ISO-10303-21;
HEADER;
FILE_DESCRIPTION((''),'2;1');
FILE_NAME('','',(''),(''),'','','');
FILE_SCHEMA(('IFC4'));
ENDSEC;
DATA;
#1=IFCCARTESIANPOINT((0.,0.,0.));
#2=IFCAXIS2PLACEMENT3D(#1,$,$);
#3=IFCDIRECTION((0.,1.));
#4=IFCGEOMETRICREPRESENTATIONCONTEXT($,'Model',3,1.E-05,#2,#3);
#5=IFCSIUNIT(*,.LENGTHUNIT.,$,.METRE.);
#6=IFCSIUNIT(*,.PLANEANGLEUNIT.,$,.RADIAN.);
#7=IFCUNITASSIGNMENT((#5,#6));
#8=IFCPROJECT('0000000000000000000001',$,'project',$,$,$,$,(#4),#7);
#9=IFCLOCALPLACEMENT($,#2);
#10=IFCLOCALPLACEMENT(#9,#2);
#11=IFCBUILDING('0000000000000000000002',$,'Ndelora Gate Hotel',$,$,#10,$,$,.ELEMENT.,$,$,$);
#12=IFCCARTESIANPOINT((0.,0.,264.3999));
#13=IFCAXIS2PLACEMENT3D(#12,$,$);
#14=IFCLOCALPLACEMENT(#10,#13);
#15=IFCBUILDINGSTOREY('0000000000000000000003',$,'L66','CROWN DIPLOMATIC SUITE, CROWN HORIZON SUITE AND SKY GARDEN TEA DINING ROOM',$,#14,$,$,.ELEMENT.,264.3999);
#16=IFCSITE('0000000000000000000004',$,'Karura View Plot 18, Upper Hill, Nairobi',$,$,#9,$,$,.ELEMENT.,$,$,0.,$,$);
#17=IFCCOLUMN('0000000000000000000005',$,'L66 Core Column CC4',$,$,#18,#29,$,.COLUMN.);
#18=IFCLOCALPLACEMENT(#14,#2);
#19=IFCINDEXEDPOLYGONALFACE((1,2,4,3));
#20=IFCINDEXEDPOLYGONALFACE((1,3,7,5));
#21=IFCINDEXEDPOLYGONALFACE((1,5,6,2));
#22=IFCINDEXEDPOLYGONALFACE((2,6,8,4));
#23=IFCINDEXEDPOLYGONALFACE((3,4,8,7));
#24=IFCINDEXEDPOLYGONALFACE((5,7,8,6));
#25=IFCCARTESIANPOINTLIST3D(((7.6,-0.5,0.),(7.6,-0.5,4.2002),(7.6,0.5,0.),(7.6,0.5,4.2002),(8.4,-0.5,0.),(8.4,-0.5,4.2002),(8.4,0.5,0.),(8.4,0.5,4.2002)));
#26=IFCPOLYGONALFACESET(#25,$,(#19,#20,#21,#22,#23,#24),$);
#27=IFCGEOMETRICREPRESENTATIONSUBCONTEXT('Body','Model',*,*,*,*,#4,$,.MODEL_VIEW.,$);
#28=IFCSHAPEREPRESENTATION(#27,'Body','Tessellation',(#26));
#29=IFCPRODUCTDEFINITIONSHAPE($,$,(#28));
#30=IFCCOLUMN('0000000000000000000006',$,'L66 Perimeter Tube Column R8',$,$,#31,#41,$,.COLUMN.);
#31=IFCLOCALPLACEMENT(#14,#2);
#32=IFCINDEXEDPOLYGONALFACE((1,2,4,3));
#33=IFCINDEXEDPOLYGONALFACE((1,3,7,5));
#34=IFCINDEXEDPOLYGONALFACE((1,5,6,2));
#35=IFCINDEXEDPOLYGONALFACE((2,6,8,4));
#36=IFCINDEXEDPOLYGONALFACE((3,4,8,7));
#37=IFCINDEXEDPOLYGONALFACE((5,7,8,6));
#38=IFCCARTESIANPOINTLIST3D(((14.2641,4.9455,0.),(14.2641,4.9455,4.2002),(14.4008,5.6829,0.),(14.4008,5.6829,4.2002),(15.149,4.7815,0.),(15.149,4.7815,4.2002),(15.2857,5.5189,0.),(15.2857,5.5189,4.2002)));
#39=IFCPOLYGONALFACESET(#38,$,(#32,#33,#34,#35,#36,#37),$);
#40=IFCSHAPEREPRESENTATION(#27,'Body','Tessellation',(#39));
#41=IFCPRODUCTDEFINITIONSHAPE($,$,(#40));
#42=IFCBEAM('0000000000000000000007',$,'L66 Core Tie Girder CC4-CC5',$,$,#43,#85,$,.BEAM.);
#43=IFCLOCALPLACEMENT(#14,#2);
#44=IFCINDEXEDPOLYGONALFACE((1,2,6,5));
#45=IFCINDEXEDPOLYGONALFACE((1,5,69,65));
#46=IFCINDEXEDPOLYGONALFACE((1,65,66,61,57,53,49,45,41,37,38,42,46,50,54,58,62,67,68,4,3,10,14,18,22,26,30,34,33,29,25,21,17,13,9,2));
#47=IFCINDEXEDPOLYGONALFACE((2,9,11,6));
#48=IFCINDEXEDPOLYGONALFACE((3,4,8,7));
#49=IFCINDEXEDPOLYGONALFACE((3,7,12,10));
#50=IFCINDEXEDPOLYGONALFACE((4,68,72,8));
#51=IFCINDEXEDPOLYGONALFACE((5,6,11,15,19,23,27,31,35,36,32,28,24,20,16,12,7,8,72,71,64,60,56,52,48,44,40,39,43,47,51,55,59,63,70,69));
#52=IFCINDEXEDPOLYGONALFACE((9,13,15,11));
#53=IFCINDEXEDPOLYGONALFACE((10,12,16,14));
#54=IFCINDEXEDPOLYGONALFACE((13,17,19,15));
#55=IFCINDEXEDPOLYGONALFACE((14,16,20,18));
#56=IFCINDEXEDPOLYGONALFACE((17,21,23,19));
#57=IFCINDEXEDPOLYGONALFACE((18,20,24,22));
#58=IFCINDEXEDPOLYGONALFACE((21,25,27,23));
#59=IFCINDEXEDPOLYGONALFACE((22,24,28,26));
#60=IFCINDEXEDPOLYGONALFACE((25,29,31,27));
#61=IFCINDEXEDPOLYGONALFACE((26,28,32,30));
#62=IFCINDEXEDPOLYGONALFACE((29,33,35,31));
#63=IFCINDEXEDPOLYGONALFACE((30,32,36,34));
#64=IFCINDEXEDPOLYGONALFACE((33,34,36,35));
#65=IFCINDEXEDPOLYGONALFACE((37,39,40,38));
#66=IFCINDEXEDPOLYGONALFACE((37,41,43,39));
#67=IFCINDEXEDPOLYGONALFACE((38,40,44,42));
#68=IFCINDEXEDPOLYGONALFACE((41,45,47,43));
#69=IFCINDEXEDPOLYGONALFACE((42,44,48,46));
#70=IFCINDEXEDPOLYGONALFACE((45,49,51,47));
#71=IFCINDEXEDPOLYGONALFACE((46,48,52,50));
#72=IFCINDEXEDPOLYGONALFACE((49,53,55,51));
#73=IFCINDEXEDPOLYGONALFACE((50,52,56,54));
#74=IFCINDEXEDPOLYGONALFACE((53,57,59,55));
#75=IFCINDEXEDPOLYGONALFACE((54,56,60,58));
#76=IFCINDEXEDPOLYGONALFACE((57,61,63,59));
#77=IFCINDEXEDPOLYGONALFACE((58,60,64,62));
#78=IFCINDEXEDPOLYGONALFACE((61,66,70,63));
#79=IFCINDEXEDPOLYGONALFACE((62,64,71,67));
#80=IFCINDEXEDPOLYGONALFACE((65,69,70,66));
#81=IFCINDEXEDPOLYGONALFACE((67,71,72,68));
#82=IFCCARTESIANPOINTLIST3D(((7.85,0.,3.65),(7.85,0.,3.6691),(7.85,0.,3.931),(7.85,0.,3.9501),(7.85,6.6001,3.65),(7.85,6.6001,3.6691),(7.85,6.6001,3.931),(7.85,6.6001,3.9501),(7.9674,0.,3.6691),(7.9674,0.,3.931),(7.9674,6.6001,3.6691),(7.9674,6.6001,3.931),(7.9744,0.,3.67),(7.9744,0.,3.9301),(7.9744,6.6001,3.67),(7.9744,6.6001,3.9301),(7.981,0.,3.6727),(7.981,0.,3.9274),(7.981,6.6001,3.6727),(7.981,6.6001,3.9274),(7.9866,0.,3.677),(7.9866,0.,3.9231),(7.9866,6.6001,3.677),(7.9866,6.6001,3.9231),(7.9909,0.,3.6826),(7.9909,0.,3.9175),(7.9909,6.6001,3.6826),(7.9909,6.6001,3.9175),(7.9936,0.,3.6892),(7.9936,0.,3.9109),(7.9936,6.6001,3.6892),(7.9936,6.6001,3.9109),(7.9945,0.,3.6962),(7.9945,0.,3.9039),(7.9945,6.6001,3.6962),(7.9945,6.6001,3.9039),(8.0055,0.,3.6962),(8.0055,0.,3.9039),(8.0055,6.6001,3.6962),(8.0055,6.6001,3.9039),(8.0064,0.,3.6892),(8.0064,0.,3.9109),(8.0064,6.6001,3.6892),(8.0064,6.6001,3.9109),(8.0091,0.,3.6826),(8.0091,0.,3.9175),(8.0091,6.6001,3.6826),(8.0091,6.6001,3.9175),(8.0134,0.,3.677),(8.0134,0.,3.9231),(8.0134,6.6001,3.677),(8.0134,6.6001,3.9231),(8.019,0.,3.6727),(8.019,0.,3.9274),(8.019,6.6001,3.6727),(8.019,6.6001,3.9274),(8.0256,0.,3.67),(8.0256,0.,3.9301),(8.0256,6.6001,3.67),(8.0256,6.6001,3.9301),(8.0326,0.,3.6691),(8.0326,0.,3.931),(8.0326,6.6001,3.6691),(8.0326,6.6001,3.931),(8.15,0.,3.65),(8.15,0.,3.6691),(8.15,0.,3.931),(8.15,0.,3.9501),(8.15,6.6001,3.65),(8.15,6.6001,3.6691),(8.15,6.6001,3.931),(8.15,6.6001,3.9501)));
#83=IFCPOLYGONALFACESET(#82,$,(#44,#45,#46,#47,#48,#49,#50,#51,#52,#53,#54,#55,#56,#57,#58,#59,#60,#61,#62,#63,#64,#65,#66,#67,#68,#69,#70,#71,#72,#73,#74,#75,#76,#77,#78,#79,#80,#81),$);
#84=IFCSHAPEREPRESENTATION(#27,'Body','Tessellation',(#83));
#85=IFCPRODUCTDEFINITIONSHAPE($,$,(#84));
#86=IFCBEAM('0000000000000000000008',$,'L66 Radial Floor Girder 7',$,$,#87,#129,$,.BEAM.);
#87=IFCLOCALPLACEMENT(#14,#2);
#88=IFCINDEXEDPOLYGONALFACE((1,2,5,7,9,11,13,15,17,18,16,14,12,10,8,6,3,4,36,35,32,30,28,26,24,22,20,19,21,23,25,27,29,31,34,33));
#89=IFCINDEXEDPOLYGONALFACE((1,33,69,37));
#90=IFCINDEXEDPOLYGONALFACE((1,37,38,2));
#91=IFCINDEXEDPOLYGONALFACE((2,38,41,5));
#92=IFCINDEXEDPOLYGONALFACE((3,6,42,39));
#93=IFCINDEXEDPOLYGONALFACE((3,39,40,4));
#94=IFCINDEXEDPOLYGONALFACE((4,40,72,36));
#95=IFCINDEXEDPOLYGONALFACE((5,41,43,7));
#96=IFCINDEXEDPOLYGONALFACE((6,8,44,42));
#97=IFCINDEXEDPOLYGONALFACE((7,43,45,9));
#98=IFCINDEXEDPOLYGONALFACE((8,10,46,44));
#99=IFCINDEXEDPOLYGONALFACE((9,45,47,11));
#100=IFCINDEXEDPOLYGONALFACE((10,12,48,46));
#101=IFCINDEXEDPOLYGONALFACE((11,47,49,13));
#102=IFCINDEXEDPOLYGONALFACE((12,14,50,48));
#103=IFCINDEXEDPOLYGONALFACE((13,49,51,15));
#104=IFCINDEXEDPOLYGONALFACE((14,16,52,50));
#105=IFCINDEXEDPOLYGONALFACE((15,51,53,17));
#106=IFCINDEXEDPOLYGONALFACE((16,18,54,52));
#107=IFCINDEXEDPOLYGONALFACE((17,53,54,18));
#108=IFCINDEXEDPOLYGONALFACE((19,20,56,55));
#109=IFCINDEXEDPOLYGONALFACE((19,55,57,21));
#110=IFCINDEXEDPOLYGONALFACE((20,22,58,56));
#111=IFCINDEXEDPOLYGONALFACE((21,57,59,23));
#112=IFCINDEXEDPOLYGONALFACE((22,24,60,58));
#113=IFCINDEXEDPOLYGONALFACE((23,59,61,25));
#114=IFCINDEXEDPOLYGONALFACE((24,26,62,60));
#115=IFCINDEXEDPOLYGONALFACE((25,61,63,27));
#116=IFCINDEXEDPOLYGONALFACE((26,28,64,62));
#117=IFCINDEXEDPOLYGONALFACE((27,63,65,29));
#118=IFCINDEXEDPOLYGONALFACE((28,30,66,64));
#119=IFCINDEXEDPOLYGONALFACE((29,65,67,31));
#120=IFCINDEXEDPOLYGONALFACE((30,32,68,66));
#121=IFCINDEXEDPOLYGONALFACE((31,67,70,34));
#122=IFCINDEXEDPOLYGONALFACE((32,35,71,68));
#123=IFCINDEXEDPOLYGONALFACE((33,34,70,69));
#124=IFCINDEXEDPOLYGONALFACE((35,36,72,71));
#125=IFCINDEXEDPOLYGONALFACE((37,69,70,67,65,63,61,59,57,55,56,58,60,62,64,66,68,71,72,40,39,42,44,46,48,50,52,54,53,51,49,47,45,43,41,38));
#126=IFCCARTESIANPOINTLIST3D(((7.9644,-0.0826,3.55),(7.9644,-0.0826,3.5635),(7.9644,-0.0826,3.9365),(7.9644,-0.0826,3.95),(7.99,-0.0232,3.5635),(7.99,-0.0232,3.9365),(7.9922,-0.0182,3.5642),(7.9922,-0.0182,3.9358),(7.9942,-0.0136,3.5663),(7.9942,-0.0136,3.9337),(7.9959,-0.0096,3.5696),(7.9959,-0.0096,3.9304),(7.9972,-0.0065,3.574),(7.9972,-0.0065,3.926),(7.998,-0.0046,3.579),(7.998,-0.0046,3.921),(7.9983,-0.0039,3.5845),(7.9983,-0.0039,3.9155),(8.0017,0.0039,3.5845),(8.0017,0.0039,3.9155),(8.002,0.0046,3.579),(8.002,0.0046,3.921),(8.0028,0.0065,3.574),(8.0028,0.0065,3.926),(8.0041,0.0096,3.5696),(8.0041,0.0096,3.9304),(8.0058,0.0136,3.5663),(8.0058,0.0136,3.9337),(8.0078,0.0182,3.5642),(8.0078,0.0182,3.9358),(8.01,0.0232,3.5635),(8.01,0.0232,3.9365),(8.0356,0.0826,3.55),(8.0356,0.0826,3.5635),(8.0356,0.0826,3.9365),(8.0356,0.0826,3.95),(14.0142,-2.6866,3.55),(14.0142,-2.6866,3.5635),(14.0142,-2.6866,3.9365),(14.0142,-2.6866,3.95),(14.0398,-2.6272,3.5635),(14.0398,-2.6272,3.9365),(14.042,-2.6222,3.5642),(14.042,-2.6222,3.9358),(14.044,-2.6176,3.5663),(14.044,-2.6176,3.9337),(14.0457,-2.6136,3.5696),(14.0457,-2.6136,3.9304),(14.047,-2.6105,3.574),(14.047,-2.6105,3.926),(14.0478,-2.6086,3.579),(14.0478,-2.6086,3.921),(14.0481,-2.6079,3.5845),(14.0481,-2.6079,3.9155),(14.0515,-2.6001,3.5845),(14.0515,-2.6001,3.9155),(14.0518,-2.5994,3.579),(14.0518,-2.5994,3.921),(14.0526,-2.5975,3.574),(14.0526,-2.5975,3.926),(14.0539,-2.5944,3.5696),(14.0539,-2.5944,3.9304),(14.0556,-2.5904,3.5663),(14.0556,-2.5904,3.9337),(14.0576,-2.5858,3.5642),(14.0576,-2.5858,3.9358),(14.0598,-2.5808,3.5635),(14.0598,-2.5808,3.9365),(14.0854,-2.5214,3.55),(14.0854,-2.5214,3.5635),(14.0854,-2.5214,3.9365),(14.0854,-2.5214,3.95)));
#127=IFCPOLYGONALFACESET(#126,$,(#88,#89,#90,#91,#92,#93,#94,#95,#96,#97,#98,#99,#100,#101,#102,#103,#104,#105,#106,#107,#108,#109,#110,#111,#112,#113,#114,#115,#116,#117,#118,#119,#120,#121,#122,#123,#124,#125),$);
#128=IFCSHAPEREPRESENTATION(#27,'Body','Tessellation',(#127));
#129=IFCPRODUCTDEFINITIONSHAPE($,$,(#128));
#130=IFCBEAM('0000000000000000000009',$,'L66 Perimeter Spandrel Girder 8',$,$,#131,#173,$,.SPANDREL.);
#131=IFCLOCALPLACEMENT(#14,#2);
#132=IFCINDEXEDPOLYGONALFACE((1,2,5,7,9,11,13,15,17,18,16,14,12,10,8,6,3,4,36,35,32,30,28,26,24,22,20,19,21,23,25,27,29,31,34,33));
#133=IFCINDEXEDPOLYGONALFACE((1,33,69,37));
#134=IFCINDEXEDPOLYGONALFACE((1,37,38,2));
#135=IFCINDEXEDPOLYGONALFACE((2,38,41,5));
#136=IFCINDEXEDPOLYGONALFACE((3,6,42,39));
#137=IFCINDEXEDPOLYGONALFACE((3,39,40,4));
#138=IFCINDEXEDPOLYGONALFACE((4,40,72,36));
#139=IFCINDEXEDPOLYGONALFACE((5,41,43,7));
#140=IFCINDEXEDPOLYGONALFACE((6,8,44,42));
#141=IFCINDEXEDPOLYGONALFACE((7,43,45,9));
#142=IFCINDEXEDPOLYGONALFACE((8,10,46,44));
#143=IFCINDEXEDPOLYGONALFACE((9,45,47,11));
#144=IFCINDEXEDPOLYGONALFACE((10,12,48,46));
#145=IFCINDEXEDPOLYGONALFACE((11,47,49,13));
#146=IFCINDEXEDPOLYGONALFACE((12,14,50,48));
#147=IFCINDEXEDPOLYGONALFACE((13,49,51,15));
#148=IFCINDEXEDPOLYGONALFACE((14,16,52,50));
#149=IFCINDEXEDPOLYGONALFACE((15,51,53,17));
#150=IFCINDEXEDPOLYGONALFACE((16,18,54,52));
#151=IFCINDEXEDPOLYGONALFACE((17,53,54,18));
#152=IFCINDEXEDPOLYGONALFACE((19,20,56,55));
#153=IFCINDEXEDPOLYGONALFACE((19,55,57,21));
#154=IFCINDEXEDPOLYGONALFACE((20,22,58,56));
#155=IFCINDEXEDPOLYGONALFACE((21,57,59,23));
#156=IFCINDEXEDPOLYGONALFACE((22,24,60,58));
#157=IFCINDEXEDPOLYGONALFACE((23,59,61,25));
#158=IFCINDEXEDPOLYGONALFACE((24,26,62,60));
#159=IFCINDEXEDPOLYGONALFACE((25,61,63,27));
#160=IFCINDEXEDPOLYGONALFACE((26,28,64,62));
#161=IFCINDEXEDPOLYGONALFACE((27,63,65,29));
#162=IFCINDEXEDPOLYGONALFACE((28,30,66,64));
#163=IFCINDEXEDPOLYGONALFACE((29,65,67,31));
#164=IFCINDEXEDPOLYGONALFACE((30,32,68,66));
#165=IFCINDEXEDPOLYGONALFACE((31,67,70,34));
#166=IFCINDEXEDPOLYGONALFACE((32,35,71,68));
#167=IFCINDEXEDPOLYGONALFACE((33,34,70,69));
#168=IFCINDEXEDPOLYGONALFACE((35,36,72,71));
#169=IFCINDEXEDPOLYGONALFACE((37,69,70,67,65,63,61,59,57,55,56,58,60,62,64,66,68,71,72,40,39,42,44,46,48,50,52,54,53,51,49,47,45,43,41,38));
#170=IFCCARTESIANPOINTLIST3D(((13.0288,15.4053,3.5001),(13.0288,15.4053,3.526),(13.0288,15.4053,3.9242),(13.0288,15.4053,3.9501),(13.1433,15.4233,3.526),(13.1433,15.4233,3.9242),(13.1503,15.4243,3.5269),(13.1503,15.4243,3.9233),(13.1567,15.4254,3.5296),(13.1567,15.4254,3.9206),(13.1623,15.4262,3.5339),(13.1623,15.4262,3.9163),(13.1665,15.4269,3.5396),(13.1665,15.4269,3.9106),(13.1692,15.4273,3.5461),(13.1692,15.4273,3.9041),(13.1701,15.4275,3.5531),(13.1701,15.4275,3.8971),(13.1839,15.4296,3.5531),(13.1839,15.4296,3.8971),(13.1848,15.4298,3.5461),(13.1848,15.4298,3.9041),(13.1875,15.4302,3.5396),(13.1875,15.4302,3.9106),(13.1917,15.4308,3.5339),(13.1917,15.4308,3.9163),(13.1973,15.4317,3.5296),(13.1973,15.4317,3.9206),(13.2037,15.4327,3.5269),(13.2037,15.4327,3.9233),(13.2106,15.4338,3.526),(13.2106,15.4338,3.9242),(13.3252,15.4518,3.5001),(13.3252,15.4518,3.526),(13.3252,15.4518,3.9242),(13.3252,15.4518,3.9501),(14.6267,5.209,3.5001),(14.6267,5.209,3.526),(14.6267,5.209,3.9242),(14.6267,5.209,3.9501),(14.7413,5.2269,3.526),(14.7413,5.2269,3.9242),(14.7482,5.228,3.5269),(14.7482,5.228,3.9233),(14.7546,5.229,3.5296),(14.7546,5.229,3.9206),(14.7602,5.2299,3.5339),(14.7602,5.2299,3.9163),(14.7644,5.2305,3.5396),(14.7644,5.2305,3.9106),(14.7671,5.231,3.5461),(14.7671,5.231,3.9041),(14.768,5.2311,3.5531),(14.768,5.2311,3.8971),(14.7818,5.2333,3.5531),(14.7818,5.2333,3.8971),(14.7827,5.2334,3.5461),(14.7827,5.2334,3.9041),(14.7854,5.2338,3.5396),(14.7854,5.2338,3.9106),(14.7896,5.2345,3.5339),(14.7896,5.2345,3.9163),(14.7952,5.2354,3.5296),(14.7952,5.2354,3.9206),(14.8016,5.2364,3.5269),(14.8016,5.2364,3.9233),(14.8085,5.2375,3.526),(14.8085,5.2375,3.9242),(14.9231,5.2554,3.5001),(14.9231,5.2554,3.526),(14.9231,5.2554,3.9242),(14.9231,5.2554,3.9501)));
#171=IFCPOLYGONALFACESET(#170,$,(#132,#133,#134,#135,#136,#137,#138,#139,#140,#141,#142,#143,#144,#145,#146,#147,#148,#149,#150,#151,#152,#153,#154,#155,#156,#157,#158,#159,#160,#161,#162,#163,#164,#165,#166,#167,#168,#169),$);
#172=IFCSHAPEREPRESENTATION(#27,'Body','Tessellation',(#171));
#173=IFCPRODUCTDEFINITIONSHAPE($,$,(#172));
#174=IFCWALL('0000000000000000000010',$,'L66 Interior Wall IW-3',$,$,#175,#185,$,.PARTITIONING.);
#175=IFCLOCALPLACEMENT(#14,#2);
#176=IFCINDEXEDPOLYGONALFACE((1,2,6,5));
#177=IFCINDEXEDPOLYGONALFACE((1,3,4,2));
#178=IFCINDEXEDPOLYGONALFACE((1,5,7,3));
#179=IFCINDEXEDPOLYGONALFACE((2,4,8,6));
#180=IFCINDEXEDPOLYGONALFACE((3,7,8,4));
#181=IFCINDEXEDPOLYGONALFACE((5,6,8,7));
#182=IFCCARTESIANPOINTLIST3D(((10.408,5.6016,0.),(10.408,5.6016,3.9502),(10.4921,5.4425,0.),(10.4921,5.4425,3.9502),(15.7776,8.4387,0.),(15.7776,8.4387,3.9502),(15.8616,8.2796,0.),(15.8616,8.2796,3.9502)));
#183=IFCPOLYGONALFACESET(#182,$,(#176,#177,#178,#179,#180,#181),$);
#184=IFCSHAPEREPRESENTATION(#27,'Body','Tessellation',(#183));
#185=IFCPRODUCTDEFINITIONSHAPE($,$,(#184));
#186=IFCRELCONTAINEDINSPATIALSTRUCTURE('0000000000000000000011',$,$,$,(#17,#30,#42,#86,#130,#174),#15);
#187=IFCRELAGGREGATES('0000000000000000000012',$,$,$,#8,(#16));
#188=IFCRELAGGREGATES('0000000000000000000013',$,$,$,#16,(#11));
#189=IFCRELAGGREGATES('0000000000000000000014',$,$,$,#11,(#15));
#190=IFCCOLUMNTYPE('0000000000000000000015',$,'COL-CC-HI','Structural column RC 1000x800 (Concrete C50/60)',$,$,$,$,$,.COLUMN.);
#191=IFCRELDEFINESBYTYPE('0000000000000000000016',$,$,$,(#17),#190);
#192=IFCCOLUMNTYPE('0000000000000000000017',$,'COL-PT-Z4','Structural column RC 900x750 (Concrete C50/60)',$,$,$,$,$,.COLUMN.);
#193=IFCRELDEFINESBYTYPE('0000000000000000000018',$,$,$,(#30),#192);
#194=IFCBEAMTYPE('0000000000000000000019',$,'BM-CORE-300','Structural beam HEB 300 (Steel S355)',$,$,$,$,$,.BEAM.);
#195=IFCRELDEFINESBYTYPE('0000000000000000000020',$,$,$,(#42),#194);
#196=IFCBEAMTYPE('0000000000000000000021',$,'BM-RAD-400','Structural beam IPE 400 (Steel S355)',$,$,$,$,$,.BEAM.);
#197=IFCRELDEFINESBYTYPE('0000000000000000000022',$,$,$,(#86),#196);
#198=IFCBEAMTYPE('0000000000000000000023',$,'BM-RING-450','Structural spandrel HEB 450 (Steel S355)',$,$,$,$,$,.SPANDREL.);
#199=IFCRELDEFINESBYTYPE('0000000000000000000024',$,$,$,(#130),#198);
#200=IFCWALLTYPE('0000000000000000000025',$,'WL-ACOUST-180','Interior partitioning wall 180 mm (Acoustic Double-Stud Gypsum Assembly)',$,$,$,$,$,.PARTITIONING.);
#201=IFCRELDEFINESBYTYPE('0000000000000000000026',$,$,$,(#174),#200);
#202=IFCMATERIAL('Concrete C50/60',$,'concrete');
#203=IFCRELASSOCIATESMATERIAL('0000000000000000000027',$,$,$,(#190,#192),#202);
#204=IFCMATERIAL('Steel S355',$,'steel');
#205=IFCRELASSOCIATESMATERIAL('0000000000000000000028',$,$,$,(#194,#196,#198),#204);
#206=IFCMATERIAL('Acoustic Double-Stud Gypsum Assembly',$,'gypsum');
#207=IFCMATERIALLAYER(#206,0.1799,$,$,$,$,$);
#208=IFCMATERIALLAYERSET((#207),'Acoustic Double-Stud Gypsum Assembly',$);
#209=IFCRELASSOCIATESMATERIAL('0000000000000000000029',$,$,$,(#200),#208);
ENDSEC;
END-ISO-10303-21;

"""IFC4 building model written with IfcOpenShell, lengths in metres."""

from ifc_helpers import new_model, si_unit, direction, frame, frame_2d, origin, origin_2d, place, context, subcontext, project, spatial, rectangle, i_section, extrude, material, layer, layer_set, material_profile, profile_set, type_object, element, save


model = new_model("IFC4")

# Units and contexts
model_context = context("Model", 3, precision=1e-05, world=origin(), true_north=direction((0.0, 1.0)))
body_context = subcontext(model_context, "Body", "Model", "MODEL_VIEW")
ifc_project = project(units=[si_unit("LENGTHUNIT", "METRE"), si_unit("PLANEANGLEUNIT", "RADIAN")], contexts=[model_context])

# Site, building, storey
site_placement = place(None, origin())
site = spatial("IfcSite", under=ifc_project, at=site_placement, Name="Karura View Plot 18, Upper Hill, Nairobi", CompositionType="ELEMENT", RefElevation=0.0)
building_placement = place(site_placement, origin())
building = spatial("IfcBuilding", under=site, at=building_placement, Name="Ndelora Gate Hotel", CompositionType="ELEMENT")
storey_placement = place(building_placement, frame((0.0, 0.0, 264.3999)))
storey = spatial("IfcBuildingStorey", under=building, at=storey_placement, Name="L66", Description="CROWN DIPLOMATIC SUITE, CROWN HORIZON SUITE AND SKY GARDEN TEA DINING ROOM", CompositionType="ELEMENT", Elevation=264.3999)

# Columns
ifc_material_1 = material(Name="Concrete C50/60", Category="concrete")
ifc_material_profile_1 = material_profile(ifc_material_1, rectangle(XDim=0.8, YDim=1.0, at=origin_2d()), Name="RC 1000x800")
ifc_profile_set_1 = profile_set([ifc_material_profile_1], Name="Concrete C50/60")
column_type_1 = type_object("IfcColumnType", Name="COL-CC-HI", Description="Structural column RC 1000x800 (Concrete C50/60)", PredefinedType="COLUMN", material=ifc_profile_set_1)
column_1_placement = place(storey_placement, frame((8.0, 0.0, 0.0), z_axis=(0.0, 0.0, 1.0), x_axis=(1.0, 0.0, 0.0)))
element("IfcColumn", 1, at=column_1_placement, inside=storey, type_object=column_type_1, Name="L66 Core Column CC4", PredefinedType="COLUMN", context=body_context, shape_type="SweptSolid", body=[
    extrude(rectangle(XDim=0.8, YDim=1.0, at=origin_2d()), origin(), (0.0, 0.0, 1.0), 4.2002),
])
ifc_material_profile_2 = material_profile(ifc_material_1, rectangle(XDim=0.75, YDim=0.8999, at=origin_2d()), Name="RC 900x750")
ifc_profile_set_2 = profile_set([ifc_material_profile_2], Name="Concrete C50/60")
column_type_2 = type_object("IfcColumnType", Name="COL-PT-Z4", Description="Structural column RC 900x750 (Concrete C50/60)", PredefinedType="COLUMN", material=ifc_profile_set_2)
column_2_placement = place(storey_placement, frame((14.7749, 5.2322, 0.0), z_axis=(0.0, 0.0, 1.0), x_axis=(0.182236, 0.983255, 0.0)))
element("IfcColumn", 2, at=column_2_placement, inside=storey, type_object=column_type_2, Name="L66 Perimeter Tube Column R8", PredefinedType="COLUMN", context=body_context, shape_type="SweptSolid", body=[
    extrude(rectangle(XDim=0.75, YDim=0.8999, at=origin_2d()), origin(), (0.0, 0.0, 1.0), 4.2002),
])

# Beams
ifc_material_2 = material(Name="Steel S355", Category="steel")
ifc_material_profile_3 = material_profile(ifc_material_2, i_section(OverallWidth=0.3, OverallDepth=0.3, WebThickness=0.011, FlangeThickness=0.019, FilletRadius=0.0271, at=origin_2d()), Name="HEB 300")
ifc_profile_set_3 = profile_set([ifc_material_profile_3], Name="Steel S355")
beam_type_1 = type_object("IfcBeamType", Name="BM-CORE-300", Description="Structural beam HEB 300 (Steel S355)", PredefinedType="BEAM", material=ifc_profile_set_3)
beam_1_placement = place(storey_placement, frame((8.0, 0.0, 3.8), z_axis=(0.0, 1.0, 0.0), x_axis=(-1.0, 0.0, 0.0)))
element("IfcBeam", 3, at=beam_1_placement, inside=storey, type_object=beam_type_1, Name="L66 Core Tie Girder CC4-CC5", PredefinedType="BEAM", context=body_context, shape_type="SweptSolid", body=[
    extrude(i_section(OverallWidth=0.3, OverallDepth=0.3, WebThickness=0.011, FlangeThickness=0.019, FilletRadius=0.0271, at=origin_2d()), origin(), (0.0, 0.0, 1.0), 6.6001),
])
ifc_material_profile_4 = material_profile(ifc_material_2, i_section(OverallWidth=0.1799, OverallDepth=0.3999, WebThickness=0.0085, FlangeThickness=0.0134, FilletRadius=0.021, at=origin_2d()), Name="IPE 400")
ifc_profile_set_4 = profile_set([ifc_material_profile_4], Name="Steel S355")
beam_type_2 = type_object("IfcBeamType", Name="BM-RAD-400", Description="Structural beam IPE 400 (Steel S355)", PredefinedType="BEAM", material=ifc_profile_set_4)
beam_2_placement = place(storey_placement, frame((8.0, 0.0, 3.75), z_axis=(0.918527, -0.395359, 0.0), x_axis=(0.395359, 0.918527, 0.0)))
element("IfcBeam", 4, at=beam_2_placement, inside=storey, type_object=beam_type_2, Name="L66 Radial Floor Girder 7", PredefinedType="BEAM", context=body_context, shape_type="SweptSolid", body=[
    extrude(i_section(OverallWidth=0.1799, OverallDepth=0.3999, WebThickness=0.0085, FlangeThickness=0.0134, FilletRadius=0.021, at=origin_2d()), origin(), (0.0, 0.0, 1.0), 6.5864),
])
ifc_material_profile_5 = material_profile(ifc_material_2, i_section(OverallWidth=0.3, OverallDepth=0.45, WebThickness=0.0139, FlangeThickness=0.0259, FilletRadius=0.0271, at=origin_2d()), Name="HEB 450")
ifc_profile_set_5 = profile_set([ifc_material_profile_5], Name="Steel S355")
beam_type_3 = type_object("IfcBeamType", Name="BM-RING-450", Description="Structural spandrel HEB 450 (Steel S355)", PredefinedType="SPANDREL", material=ifc_profile_set_5)
beam_3_placement = place(storey_placement, frame((14.7749, 5.2322, 3.7251), z_axis=(-0.154824, 0.987942, 0.0), x_axis=(-0.987942, -0.154824, 0.0)))
element("IfcBeam", 5, at=beam_3_placement, inside=storey, type_object=beam_type_3, Name="L66 Perimeter Spandrel Girder 8", PredefinedType="SPANDREL", context=body_context, shape_type="SweptSolid", body=[
    extrude(i_section(OverallWidth=0.3, OverallDepth=0.45, WebThickness=0.0139, FlangeThickness=0.0259, FilletRadius=0.0271, at=origin_2d()), origin(), (0.0, 0.0, 1.0), 10.3208),
])

# Wall
ifc_material_3 = material(Name="Acoustic Double-Stud Gypsum Assembly", Category="gypsum")
ifc_layer_1 = layer(ifc_material_3, 0.1799)
ifc_layer_set_1 = layer_set([ifc_layer_1], Name="Acoustic Double-Stud Gypsum Assembly")
wall_type_1 = type_object("IfcWallType", Name="WL-ACOUST-180", Description="Interior partitioning wall 180 mm (Acoustic Double-Stud Gypsum Assembly)", PredefinedType="PARTITIONING", material=ifc_layer_set_1)
wall_1_placement = place(storey_placement, frame((10.45, 5.522, 0.0), z_axis=(0.0, 0.0, 1.0), x_axis=(0.884168, 0.467169, 0.0)))
element("IfcWall", 6, at=wall_1_placement, inside=storey, type_object=wall_type_1, Name="L66 Interior Wall IW-3", PredefinedType="PARTITIONING", context=body_context, shape_type="SweptSolid", body=[
    extrude(rectangle(XDim=6.073, YDim=0.1799, at=frame_2d((3.0366, 0.0))), origin(), (0.0, 0.0, 1.0), 3.9502),
])

save(model, "model.ifc")
